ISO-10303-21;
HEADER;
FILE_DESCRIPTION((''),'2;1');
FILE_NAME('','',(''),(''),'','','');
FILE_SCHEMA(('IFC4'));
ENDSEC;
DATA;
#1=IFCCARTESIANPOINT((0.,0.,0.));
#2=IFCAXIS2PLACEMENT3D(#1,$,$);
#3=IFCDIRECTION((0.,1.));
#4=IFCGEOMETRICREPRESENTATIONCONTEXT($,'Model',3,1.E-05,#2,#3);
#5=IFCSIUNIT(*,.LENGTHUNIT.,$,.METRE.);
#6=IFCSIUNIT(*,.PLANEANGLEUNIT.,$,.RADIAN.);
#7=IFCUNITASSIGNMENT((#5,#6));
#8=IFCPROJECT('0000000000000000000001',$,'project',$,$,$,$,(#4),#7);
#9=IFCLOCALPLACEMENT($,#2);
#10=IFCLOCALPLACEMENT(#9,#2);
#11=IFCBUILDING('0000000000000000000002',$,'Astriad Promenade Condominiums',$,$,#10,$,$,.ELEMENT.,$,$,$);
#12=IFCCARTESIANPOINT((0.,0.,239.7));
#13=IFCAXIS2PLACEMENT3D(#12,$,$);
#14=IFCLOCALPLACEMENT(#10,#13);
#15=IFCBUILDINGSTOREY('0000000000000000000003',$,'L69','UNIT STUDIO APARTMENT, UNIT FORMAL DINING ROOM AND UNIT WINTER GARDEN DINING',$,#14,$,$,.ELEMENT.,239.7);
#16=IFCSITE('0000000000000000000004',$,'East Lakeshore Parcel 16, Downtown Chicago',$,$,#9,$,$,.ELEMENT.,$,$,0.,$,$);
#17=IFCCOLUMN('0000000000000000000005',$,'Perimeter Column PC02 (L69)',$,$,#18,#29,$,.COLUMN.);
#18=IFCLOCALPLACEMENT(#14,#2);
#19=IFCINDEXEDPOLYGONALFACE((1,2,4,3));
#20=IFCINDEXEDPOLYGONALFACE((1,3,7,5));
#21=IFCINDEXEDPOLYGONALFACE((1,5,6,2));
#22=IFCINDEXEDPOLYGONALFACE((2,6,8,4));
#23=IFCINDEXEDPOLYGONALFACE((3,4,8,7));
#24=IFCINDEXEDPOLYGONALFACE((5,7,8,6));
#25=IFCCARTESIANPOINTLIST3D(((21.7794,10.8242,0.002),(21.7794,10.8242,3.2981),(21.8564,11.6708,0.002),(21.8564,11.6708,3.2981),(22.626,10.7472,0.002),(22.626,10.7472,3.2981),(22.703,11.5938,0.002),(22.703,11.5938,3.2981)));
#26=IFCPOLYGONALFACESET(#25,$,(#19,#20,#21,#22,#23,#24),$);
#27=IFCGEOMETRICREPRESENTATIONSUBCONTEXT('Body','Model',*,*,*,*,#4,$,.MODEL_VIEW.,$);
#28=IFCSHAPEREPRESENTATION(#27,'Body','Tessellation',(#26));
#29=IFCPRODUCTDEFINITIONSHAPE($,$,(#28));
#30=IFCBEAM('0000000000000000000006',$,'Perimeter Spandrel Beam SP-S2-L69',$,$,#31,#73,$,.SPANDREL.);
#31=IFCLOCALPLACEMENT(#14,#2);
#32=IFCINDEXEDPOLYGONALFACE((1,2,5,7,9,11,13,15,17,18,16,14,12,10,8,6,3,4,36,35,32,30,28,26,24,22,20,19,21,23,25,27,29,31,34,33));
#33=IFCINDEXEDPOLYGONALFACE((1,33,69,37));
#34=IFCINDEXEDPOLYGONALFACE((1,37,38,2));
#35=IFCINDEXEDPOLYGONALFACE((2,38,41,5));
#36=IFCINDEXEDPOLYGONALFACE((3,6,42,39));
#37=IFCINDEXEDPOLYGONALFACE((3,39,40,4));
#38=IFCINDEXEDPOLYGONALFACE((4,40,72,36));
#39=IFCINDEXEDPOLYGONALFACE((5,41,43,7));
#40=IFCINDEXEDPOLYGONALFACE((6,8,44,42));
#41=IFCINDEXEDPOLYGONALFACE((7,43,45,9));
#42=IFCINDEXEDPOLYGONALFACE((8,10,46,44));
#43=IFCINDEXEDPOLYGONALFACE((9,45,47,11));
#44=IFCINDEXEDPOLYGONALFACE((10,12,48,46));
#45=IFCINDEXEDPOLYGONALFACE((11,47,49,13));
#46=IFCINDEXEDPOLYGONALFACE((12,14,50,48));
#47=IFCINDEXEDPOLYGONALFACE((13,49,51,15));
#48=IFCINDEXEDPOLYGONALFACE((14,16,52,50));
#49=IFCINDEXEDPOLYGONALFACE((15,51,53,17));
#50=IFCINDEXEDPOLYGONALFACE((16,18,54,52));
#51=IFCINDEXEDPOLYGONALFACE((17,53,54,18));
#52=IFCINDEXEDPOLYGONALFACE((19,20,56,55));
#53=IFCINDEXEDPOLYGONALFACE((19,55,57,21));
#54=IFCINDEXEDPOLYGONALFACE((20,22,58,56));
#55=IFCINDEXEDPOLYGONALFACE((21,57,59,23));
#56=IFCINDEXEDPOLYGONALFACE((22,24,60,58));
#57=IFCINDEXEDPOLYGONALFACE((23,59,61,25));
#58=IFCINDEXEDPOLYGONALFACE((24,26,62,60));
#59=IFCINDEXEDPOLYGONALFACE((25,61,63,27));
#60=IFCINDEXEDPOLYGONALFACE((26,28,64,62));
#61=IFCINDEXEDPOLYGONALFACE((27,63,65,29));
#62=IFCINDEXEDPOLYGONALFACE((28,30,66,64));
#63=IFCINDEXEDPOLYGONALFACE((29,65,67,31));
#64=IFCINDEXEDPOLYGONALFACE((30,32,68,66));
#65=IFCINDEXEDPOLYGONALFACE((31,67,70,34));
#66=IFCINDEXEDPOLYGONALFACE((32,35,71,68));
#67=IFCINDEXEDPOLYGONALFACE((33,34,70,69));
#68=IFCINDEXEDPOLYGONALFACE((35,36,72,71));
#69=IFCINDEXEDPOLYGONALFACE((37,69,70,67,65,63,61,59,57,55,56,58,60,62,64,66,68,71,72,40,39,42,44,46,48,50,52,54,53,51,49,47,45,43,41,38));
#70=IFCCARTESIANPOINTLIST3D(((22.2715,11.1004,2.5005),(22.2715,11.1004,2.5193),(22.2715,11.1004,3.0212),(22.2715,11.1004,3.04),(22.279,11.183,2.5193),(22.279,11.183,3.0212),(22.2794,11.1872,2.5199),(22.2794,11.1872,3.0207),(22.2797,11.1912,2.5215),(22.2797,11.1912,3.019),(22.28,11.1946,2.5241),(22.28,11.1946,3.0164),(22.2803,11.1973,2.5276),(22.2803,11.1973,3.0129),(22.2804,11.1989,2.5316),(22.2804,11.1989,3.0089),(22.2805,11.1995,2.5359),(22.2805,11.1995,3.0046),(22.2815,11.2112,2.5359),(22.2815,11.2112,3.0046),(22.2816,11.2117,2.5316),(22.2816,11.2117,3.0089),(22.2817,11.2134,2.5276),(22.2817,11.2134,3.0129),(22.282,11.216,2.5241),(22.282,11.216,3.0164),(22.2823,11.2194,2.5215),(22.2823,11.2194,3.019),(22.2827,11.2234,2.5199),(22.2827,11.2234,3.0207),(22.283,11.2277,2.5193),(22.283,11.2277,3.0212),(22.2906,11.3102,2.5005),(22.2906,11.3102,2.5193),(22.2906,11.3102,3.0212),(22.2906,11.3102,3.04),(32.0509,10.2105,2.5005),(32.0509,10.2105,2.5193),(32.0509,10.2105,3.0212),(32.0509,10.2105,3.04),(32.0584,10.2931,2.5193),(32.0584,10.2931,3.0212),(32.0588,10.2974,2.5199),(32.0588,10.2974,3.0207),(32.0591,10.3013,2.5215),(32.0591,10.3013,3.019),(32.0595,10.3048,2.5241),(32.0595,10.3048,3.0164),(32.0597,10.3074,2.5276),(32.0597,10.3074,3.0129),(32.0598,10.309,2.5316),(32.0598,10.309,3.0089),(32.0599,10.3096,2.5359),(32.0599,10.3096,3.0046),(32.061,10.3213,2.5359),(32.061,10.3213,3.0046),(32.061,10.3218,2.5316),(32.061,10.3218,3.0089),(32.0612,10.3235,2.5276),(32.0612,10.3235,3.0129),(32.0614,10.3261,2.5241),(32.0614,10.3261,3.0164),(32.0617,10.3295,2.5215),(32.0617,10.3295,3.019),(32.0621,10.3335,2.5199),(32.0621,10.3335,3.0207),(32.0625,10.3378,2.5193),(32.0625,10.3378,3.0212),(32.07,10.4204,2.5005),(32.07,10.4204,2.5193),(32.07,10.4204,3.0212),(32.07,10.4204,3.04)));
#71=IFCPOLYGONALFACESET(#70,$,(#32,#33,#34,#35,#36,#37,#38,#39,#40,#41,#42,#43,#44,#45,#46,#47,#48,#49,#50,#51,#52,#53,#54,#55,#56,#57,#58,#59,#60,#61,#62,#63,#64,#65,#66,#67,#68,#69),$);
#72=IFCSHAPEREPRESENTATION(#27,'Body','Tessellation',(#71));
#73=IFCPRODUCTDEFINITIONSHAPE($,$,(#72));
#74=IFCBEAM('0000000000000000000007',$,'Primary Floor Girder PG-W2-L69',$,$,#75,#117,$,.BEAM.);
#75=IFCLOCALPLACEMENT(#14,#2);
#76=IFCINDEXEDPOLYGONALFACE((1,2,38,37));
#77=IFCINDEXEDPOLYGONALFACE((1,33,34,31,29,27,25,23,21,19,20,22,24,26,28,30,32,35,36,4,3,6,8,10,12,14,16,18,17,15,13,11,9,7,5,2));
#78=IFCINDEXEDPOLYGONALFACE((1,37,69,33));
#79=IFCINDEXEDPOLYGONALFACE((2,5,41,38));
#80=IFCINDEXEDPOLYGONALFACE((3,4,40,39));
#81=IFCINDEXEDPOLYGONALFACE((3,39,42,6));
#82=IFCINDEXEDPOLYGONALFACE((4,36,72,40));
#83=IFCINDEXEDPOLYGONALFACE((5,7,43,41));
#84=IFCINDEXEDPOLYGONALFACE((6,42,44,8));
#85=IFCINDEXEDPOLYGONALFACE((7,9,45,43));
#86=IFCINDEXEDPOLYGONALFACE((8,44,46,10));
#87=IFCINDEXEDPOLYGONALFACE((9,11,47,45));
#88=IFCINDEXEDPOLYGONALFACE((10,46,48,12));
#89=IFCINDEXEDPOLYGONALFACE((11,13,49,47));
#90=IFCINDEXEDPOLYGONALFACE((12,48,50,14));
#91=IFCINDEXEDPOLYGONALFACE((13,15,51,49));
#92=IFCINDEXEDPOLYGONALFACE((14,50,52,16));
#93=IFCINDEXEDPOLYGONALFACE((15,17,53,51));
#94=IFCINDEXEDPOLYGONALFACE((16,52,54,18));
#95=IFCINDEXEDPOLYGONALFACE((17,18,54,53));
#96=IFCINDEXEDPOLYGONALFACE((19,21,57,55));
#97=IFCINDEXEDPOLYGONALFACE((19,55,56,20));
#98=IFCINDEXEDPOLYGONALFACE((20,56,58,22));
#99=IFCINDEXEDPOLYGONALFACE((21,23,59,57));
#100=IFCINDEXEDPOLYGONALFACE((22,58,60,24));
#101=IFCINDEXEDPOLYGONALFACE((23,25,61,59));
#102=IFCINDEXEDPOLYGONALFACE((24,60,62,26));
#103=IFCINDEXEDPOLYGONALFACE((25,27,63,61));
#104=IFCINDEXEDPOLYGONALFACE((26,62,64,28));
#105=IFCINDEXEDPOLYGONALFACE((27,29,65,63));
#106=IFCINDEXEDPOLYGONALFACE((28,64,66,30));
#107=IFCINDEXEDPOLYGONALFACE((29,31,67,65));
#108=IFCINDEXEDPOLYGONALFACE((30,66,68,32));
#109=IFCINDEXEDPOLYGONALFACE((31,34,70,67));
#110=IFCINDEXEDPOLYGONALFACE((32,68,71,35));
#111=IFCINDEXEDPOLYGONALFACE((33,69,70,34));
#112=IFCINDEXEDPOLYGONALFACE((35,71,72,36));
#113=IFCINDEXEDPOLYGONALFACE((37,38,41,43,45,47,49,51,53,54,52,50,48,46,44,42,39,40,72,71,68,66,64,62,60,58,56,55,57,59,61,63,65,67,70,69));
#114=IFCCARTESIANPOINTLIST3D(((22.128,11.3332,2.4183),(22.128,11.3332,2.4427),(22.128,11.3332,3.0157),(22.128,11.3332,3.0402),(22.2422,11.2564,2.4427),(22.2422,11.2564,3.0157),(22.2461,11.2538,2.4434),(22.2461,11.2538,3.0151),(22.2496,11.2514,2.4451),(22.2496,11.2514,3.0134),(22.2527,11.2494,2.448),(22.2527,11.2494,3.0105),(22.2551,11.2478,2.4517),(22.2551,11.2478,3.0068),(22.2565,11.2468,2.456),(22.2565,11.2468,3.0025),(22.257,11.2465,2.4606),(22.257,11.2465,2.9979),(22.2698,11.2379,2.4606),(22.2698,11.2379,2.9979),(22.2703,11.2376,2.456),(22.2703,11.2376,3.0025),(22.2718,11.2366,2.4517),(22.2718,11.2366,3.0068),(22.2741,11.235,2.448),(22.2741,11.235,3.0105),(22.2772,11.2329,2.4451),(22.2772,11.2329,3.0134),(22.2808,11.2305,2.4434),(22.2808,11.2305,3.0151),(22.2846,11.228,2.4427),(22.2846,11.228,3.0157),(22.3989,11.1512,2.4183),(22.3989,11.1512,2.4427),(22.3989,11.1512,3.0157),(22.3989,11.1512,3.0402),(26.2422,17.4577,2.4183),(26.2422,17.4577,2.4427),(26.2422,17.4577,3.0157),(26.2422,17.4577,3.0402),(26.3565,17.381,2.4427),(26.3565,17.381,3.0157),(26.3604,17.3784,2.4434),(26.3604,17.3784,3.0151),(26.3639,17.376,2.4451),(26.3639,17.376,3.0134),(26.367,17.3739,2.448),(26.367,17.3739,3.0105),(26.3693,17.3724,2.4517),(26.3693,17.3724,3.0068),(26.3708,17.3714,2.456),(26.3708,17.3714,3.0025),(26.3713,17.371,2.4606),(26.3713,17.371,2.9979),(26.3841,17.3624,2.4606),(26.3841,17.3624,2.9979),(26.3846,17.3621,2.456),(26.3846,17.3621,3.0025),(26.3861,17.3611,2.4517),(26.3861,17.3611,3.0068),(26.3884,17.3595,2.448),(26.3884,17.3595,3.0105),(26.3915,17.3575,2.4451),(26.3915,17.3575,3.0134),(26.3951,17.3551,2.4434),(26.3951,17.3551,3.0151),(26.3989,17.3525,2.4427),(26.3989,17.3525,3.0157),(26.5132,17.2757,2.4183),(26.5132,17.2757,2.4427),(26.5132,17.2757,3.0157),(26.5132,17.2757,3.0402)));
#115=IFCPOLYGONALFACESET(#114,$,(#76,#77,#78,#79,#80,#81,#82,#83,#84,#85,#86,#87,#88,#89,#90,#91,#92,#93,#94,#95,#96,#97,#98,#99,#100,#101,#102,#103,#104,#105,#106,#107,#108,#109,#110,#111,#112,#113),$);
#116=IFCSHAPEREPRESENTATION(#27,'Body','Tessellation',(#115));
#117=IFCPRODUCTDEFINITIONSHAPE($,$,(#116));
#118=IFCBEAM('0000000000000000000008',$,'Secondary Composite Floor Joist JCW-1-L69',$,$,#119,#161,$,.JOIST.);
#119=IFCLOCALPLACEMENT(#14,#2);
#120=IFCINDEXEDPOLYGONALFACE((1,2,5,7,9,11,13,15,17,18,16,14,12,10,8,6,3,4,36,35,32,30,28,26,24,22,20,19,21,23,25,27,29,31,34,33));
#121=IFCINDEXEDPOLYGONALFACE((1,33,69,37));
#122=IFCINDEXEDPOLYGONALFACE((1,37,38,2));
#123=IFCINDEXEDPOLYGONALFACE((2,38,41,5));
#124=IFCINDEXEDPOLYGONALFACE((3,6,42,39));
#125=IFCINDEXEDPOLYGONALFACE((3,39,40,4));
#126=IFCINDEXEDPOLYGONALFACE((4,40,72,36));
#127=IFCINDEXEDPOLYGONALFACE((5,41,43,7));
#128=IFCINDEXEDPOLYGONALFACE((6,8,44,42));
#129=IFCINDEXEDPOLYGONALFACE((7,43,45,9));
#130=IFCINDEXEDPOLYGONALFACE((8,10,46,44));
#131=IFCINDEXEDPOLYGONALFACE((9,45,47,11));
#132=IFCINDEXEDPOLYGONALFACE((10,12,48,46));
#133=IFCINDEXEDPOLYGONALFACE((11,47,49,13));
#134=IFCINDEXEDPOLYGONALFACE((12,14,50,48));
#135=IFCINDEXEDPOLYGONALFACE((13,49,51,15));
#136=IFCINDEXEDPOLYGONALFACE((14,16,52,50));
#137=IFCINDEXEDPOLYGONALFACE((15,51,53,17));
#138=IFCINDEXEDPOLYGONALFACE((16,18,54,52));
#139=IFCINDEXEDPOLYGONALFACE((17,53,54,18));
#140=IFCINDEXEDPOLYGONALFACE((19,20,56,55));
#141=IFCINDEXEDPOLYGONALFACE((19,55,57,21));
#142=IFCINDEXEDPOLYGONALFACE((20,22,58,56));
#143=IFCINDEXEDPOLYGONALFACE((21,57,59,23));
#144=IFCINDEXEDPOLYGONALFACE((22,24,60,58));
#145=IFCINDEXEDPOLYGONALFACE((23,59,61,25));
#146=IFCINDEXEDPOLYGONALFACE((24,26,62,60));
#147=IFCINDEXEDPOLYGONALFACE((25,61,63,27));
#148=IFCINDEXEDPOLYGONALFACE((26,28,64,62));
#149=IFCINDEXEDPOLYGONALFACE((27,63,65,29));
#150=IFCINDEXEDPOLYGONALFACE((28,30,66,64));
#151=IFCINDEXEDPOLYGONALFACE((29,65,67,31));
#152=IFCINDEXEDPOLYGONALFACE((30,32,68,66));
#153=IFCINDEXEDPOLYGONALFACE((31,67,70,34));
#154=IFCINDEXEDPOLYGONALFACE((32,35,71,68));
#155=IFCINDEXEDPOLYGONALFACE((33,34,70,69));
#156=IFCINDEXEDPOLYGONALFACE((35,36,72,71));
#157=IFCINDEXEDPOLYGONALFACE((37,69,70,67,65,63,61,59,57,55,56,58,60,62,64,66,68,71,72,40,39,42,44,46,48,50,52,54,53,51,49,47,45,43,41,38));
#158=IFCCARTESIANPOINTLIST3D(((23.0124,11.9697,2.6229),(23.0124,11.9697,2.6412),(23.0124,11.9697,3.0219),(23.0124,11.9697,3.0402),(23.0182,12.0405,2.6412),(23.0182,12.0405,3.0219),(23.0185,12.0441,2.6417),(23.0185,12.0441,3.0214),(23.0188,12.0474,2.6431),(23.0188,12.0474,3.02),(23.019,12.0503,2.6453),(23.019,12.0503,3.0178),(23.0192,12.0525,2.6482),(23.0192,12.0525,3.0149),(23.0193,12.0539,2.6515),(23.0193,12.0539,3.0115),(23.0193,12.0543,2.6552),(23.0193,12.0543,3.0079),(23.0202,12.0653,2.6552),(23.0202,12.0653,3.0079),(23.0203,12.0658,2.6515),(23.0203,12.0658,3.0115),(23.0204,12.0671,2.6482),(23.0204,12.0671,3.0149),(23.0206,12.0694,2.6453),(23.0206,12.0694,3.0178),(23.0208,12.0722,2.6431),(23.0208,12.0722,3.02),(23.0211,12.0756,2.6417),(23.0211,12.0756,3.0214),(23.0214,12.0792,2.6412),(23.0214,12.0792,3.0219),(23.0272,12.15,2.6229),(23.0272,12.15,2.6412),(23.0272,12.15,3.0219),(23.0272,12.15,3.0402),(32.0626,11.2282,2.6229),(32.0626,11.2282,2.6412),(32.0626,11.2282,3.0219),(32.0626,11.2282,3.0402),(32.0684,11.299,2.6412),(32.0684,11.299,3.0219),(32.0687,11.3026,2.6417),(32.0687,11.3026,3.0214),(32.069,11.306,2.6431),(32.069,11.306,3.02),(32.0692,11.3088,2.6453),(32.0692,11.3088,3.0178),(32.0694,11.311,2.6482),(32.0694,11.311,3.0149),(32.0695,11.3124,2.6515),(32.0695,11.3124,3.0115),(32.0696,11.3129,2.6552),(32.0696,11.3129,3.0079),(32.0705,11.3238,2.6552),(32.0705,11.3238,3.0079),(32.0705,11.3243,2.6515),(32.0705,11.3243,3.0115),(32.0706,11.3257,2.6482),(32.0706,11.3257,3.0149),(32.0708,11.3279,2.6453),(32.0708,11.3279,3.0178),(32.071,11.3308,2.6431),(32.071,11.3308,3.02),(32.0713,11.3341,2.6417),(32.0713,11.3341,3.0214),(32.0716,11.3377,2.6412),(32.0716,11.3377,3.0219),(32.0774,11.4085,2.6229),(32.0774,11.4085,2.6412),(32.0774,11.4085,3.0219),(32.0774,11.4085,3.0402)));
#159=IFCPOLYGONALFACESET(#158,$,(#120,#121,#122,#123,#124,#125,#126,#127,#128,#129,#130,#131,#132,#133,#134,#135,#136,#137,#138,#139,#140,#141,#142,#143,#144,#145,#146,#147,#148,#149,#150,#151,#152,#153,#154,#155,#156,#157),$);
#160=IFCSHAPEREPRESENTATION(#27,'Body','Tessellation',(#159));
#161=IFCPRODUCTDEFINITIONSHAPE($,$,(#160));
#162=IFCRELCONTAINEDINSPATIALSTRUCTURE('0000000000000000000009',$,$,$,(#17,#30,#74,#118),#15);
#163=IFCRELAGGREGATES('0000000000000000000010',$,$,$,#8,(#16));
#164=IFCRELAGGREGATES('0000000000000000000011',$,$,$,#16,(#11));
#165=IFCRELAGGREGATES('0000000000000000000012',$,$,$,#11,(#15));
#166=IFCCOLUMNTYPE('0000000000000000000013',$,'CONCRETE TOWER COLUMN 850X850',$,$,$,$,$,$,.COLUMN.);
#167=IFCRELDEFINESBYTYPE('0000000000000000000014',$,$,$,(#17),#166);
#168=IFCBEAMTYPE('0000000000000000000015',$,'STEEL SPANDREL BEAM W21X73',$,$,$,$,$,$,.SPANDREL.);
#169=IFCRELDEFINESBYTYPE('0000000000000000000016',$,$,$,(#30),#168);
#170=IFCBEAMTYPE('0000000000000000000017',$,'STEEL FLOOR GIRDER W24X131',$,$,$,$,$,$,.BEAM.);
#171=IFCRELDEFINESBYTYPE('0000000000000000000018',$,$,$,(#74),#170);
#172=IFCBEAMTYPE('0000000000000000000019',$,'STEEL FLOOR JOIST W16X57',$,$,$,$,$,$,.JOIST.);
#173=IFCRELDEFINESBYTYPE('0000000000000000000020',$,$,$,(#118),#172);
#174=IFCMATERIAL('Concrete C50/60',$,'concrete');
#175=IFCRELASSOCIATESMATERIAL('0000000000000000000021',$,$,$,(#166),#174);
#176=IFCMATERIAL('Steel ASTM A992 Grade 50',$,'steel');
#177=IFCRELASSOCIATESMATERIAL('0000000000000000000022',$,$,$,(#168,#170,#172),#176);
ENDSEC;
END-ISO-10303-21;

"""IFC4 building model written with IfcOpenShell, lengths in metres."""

from ifc_helpers import new_model, si_unit, direction, frame, origin, origin_2d, place, context, subcontext, project, spatial, rectangle, i_section, extrude, source, transform, mapped, material, material_profile, profile_set, type_object, type_shapes, element, save


model = new_model("IFC4")

# Units and contexts
model_context = context("Model", 3, precision=1e-05, world=origin(), true_north=direction((0.0, 1.0)))
body_context = subcontext(model_context, "Body", "Model", "MODEL_VIEW")
ifc_project = project(units=[si_unit("LENGTHUNIT", "METRE"), si_unit("PLANEANGLEUNIT", "RADIAN")], contexts=[model_context])

# Site, building, storey
site_placement = place(None, origin())
site = spatial("IfcSite", under=ifc_project, at=site_placement, Name="East Lakeshore Parcel 16, Downtown Chicago", CompositionType="ELEMENT", RefElevation=0.0)
building_placement = place(site_placement, origin())
building = spatial("IfcBuilding", under=site, at=building_placement, Name="Astriad Promenade Condominiums", CompositionType="ELEMENT")
storey_placement = place(building_placement, frame((0.0, 0.0, 239.7)))
storey = spatial("IfcBuildingStorey", under=building, at=storey_placement, Name="L69", Description="UNIT STUDIO APARTMENT, UNIT FORMAL DINING ROOM AND UNIT WINTER GARDEN DINING", CompositionType="ELEMENT", Elevation=239.7)

# Column
ifc_material_1 = material(Name="Concrete C50/60", Category="concrete")
ifc_material_profile_1 = material_profile(ifc_material_1, rectangle(XDim=0.8501, YDim=0.8501, at=origin_2d()), Name="RC-COL-850X850")
ifc_profile_set_1 = profile_set([ifc_material_profile_1], Name="Concrete C50/60")
column_type = type_object("IfcColumnType", Name="CONCRETE TOWER COLUMN 850X850", PredefinedType="COLUMN", material=ifc_profile_set_1)
shared_shape_1 = source(origin(), body_context, "Body", "SweptSolid", [
    extrude(rectangle(XDim=0.8501, YDim=0.8501, at=origin_2d()), origin(), (0.0, 0.0, 1.0), 3.2961),
])
type_shapes(column_type, [shared_shape_1])
column_placement = place(storey_placement, frame((22.2412, 11.209, 0.002), z_axis=(0.0, 0.0, 1.0), x_axis=(0.995884, -0.090633, 0.0)))
element("IfcColumn", 1, at=column_placement, inside=storey, type_object=column_type, Name="Perimeter Column PC02 (L69)", PredefinedType="COLUMN", context=body_context, shape_type="MappedRepresentation", body=[
    mapped(shared_shape_1, transform((0.0, 0.0, 0.0), scale=1.0)),
])

# Beams
ifc_material_2 = material(Name="Steel ASTM A992 Grade 50", Category="steel")
ifc_material_profile_2 = material_profile(ifc_material_2, i_section(OverallWidth=0.2107, OverallDepth=0.5396, WebThickness=0.0117, FlangeThickness=0.0188, FilletRadius=0.0166, at=origin_2d()), Name="W21X73")
ifc_profile_set_2 = profile_set([ifc_material_profile_2], Name="Steel ASTM A992 Grade 50")
beam_type_1 = type_object("IfcBeamType", Name="STEEL SPANDREL BEAM W21X73", PredefinedType="SPANDREL", material=ifc_profile_set_2)
shared_shape_2 = source(origin(), body_context, "Body", "SweptSolid", [
    extrude(i_section(OverallWidth=0.2107, OverallDepth=0.5396, WebThickness=0.0117, FlangeThickness=0.0188, FilletRadius=0.0166, at=origin_2d()), origin(), (0.0, 0.0, 1.0), 9.8198),
])
type_shapes(beam_type_1, [shared_shape_2])
beam_1_placement = place(storey_placement, frame((22.281, 11.2053, 2.7703), z_axis=(0.995885, -0.090621, 0.0), x_axis=(0.090621, 0.995885, 0.0)))
element("IfcBeam", 2, at=beam_1_placement, inside=storey, type_object=beam_type_1, Name="Perimeter Spandrel Beam SP-S2-L69", PredefinedType="SPANDREL", context=body_context, shape_type="MappedRepresentation", body=[
    mapped(shared_shape_2, transform((0.0, 0.0, 0.0), scale=1.0)),
])
ifc_material_profile_3 = material_profile(ifc_material_2, i_section(OverallWidth=0.3264, OverallDepth=0.6218, WebThickness=0.0154, FlangeThickness=0.0244, FilletRadius=0.0178, at=origin_2d()), Name="W24X131")
ifc_profile_set_3 = profile_set([ifc_material_profile_3], Name="Steel ASTM A992 Grade 50")
beam_type_2 = type_object("IfcBeamType", Name="STEEL FLOOR GIRDER W24X131", PredefinedType="BEAM", material=ifc_profile_set_3)
shared_shape_3 = source(origin(), body_context, "Body", "SweptSolid", [
    extrude(i_section(OverallWidth=0.3264, OverallDepth=0.6218, WebThickness=0.0154, FlangeThickness=0.0244, FilletRadius=0.0178, at=origin_2d()), origin(), (0.0, 0.0, 1.0), 7.3782),
])
type_shapes(beam_type_2, [shared_shape_3])
beam_2_placement = place(storey_placement, frame((22.2634, 11.2422, 2.7292), z_axis=(0.557629, 0.83009, 0.0), x_axis=(-0.83009, 0.557629, 0.0)))
element("IfcBeam", 3, at=beam_2_placement, inside=storey, type_object=beam_type_2, Name="Primary Floor Girder PG-W2-L69", PredefinedType="BEAM", context=body_context, shape_type="MappedRepresentation", body=[
    mapped(shared_shape_3, transform((0.0, 0.0, 0.0), scale=1.0)),
])
ifc_material_profile_4 = material_profile(ifc_material_2, i_section(OverallWidth=0.1809, OverallDepth=0.4172, WebThickness=0.011, FlangeThickness=0.0183, FilletRadius=0.0139, at=origin_2d()), Name="W16X57")
ifc_profile_set_4 = profile_set([ifc_material_profile_4], Name="Steel ASTM A992 Grade 50")
beam_type_3 = type_object("IfcBeamType", Name="STEEL FLOOR JOIST W16X57", PredefinedType="JOIST", material=ifc_profile_set_4)
shared_shape_4 = source(origin(), body_context, "Body", "SweptSolid", [
    extrude(i_section(OverallWidth=0.1809, OverallDepth=0.4172, WebThickness=0.011, FlangeThickness=0.0183, FilletRadius=0.0139, at=origin_2d()), origin(), (0.0, 0.0, 1.0), 9.0806),
])
beam_3_placement = place(storey_placement, frame((23.0198, 12.0598, 2.8315), z_axis=(0.996661, -0.081653, 0.0), x_axis=(0.081653, 0.996661, 0.0)))
element("IfcBeam", 4, at=beam_3_placement, inside=storey, type_object=beam_type_3, Name="Secondary Composite Floor Joist JCW-1-L69", PredefinedType="JOIST", context=body_context, shape_type="MappedRepresentation", body=[
    mapped(shared_shape_4, transform((0.0, 0.0, 0.0), scale=1.0)),
])

save(model, "model.ifc")
